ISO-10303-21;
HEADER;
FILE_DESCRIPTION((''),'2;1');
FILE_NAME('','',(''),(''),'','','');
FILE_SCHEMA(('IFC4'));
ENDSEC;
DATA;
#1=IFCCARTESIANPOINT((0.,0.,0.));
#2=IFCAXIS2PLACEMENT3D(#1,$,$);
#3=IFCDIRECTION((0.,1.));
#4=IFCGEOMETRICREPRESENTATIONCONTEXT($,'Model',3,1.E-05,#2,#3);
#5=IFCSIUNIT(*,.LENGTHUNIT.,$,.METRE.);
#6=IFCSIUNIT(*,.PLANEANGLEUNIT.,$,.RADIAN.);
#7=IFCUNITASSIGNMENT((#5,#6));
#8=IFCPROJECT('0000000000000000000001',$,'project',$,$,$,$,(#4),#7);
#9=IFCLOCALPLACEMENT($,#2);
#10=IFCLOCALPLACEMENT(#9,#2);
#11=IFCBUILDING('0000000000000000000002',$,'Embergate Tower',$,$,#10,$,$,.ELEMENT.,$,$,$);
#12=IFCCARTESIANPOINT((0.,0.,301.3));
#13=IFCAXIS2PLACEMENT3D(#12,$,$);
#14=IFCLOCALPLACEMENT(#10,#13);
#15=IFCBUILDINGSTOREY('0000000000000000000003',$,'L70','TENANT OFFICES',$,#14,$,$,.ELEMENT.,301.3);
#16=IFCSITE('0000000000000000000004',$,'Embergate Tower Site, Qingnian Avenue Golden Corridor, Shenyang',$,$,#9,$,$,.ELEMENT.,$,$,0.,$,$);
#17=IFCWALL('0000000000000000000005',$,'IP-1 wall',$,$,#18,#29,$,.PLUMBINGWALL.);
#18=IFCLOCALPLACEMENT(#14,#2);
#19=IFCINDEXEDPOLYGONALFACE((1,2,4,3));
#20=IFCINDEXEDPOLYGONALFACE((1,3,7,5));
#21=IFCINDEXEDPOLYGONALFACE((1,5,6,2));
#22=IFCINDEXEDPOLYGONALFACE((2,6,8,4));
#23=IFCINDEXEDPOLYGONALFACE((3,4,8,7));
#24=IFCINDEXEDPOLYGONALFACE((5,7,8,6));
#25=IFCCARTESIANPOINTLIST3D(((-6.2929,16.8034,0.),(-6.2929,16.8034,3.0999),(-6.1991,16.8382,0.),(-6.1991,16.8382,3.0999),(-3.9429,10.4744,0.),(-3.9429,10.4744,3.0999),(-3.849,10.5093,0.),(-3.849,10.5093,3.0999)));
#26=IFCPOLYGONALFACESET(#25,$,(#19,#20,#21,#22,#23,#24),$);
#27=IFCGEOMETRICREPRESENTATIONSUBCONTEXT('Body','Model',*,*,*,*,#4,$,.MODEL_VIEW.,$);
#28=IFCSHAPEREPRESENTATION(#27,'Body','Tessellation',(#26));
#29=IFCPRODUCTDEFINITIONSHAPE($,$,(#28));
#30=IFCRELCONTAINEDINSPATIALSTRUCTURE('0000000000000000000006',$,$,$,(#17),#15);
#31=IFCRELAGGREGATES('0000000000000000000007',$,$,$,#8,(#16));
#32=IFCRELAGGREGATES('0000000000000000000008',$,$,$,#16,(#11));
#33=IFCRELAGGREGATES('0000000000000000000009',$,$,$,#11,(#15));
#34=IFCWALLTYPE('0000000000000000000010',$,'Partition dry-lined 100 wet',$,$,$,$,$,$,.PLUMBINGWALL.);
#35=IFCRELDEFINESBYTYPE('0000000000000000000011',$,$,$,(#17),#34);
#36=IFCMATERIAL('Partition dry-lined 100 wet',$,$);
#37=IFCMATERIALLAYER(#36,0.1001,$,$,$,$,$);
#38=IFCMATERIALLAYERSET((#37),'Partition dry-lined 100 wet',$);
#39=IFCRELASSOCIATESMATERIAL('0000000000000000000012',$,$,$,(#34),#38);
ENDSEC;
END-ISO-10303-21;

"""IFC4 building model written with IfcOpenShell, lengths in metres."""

from ifc_helpers import new_model, si_unit, direction, frame, frame_2d, origin, place, context, subcontext, project, spatial, rectangle, extrude, source, transform, mapped, material, layer, layer_set, type_object, element, save


model = new_model("IFC4")

# Units and contexts
model_context = context("Model", 3, precision=1e-05, world=origin(), true_north=direction((0.0, 1.0)))
body_context = subcontext(model_context, "Body", "Model", "MODEL_VIEW")
ifc_project = project(units=[si_unit("LENGTHUNIT", "METRE"), si_unit("PLANEANGLEUNIT", "RADIAN")], contexts=[model_context])

# Site, building, storey
site_placement = place(None, origin())
site = spatial("IfcSite", under=ifc_project, at=site_placement, Name="Embergate Tower Site, Qingnian Avenue Golden Corridor, Shenyang", CompositionType="ELEMENT", RefElevation=0.0)
building_placement = place(site_placement, origin())
building = spatial("IfcBuilding", under=site, at=building_placement, Name="Embergate Tower", CompositionType="ELEMENT")
storey_placement = place(building_placement, frame((0.0, 0.0, 301.3)))
storey = spatial("IfcBuildingStorey", under=building, at=storey_placement, Name="L70", Description="TENANT OFFICES", CompositionType="ELEMENT", Elevation=301.3)

# Shared definitions
ifc_material_1 = material(Name="Partition dry-lined 100 wet")
ifc_layer_1 = layer(ifc_material_1, 0.1001)
ifc_layer_set_1 = layer_set([ifc_layer_1], Name="Partition dry-lined 100 wet")
wall_type_1 = type_object("IfcWallType", Name="Partition dry-lined 100 wet", PredefinedType="PLUMBINGWALL", material=ifc_layer_set_1)

# Wall
shared_shape_1 = source(origin(), body_context, "Body", "SweptSolid", [
    extrude(rectangle(XDim=6.7512, YDim=0.1001, at=frame_2d((3.3755, 0.0))), origin(), (0.0, 0.0, 1.0), 3.0999),
])
wall_1_placement = place(storey_placement, frame((-3.896, 10.4919, 0.0), z_axis=(0.0, 0.0, 1.0), x_axis=(-0.348094, 0.93746, 0.0)))
element("IfcWall", 1, at=wall_1_placement, inside=storey, type_object=wall_type_1, Name="IP-1 wall", PredefinedType="PLUMBINGWALL", context=body_context, shape_type="MappedRepresentation", body=[
    mapped(shared_shape_1, transform((0.0, 0.0, 0.0))),
])

save(model, "model.ifc")
